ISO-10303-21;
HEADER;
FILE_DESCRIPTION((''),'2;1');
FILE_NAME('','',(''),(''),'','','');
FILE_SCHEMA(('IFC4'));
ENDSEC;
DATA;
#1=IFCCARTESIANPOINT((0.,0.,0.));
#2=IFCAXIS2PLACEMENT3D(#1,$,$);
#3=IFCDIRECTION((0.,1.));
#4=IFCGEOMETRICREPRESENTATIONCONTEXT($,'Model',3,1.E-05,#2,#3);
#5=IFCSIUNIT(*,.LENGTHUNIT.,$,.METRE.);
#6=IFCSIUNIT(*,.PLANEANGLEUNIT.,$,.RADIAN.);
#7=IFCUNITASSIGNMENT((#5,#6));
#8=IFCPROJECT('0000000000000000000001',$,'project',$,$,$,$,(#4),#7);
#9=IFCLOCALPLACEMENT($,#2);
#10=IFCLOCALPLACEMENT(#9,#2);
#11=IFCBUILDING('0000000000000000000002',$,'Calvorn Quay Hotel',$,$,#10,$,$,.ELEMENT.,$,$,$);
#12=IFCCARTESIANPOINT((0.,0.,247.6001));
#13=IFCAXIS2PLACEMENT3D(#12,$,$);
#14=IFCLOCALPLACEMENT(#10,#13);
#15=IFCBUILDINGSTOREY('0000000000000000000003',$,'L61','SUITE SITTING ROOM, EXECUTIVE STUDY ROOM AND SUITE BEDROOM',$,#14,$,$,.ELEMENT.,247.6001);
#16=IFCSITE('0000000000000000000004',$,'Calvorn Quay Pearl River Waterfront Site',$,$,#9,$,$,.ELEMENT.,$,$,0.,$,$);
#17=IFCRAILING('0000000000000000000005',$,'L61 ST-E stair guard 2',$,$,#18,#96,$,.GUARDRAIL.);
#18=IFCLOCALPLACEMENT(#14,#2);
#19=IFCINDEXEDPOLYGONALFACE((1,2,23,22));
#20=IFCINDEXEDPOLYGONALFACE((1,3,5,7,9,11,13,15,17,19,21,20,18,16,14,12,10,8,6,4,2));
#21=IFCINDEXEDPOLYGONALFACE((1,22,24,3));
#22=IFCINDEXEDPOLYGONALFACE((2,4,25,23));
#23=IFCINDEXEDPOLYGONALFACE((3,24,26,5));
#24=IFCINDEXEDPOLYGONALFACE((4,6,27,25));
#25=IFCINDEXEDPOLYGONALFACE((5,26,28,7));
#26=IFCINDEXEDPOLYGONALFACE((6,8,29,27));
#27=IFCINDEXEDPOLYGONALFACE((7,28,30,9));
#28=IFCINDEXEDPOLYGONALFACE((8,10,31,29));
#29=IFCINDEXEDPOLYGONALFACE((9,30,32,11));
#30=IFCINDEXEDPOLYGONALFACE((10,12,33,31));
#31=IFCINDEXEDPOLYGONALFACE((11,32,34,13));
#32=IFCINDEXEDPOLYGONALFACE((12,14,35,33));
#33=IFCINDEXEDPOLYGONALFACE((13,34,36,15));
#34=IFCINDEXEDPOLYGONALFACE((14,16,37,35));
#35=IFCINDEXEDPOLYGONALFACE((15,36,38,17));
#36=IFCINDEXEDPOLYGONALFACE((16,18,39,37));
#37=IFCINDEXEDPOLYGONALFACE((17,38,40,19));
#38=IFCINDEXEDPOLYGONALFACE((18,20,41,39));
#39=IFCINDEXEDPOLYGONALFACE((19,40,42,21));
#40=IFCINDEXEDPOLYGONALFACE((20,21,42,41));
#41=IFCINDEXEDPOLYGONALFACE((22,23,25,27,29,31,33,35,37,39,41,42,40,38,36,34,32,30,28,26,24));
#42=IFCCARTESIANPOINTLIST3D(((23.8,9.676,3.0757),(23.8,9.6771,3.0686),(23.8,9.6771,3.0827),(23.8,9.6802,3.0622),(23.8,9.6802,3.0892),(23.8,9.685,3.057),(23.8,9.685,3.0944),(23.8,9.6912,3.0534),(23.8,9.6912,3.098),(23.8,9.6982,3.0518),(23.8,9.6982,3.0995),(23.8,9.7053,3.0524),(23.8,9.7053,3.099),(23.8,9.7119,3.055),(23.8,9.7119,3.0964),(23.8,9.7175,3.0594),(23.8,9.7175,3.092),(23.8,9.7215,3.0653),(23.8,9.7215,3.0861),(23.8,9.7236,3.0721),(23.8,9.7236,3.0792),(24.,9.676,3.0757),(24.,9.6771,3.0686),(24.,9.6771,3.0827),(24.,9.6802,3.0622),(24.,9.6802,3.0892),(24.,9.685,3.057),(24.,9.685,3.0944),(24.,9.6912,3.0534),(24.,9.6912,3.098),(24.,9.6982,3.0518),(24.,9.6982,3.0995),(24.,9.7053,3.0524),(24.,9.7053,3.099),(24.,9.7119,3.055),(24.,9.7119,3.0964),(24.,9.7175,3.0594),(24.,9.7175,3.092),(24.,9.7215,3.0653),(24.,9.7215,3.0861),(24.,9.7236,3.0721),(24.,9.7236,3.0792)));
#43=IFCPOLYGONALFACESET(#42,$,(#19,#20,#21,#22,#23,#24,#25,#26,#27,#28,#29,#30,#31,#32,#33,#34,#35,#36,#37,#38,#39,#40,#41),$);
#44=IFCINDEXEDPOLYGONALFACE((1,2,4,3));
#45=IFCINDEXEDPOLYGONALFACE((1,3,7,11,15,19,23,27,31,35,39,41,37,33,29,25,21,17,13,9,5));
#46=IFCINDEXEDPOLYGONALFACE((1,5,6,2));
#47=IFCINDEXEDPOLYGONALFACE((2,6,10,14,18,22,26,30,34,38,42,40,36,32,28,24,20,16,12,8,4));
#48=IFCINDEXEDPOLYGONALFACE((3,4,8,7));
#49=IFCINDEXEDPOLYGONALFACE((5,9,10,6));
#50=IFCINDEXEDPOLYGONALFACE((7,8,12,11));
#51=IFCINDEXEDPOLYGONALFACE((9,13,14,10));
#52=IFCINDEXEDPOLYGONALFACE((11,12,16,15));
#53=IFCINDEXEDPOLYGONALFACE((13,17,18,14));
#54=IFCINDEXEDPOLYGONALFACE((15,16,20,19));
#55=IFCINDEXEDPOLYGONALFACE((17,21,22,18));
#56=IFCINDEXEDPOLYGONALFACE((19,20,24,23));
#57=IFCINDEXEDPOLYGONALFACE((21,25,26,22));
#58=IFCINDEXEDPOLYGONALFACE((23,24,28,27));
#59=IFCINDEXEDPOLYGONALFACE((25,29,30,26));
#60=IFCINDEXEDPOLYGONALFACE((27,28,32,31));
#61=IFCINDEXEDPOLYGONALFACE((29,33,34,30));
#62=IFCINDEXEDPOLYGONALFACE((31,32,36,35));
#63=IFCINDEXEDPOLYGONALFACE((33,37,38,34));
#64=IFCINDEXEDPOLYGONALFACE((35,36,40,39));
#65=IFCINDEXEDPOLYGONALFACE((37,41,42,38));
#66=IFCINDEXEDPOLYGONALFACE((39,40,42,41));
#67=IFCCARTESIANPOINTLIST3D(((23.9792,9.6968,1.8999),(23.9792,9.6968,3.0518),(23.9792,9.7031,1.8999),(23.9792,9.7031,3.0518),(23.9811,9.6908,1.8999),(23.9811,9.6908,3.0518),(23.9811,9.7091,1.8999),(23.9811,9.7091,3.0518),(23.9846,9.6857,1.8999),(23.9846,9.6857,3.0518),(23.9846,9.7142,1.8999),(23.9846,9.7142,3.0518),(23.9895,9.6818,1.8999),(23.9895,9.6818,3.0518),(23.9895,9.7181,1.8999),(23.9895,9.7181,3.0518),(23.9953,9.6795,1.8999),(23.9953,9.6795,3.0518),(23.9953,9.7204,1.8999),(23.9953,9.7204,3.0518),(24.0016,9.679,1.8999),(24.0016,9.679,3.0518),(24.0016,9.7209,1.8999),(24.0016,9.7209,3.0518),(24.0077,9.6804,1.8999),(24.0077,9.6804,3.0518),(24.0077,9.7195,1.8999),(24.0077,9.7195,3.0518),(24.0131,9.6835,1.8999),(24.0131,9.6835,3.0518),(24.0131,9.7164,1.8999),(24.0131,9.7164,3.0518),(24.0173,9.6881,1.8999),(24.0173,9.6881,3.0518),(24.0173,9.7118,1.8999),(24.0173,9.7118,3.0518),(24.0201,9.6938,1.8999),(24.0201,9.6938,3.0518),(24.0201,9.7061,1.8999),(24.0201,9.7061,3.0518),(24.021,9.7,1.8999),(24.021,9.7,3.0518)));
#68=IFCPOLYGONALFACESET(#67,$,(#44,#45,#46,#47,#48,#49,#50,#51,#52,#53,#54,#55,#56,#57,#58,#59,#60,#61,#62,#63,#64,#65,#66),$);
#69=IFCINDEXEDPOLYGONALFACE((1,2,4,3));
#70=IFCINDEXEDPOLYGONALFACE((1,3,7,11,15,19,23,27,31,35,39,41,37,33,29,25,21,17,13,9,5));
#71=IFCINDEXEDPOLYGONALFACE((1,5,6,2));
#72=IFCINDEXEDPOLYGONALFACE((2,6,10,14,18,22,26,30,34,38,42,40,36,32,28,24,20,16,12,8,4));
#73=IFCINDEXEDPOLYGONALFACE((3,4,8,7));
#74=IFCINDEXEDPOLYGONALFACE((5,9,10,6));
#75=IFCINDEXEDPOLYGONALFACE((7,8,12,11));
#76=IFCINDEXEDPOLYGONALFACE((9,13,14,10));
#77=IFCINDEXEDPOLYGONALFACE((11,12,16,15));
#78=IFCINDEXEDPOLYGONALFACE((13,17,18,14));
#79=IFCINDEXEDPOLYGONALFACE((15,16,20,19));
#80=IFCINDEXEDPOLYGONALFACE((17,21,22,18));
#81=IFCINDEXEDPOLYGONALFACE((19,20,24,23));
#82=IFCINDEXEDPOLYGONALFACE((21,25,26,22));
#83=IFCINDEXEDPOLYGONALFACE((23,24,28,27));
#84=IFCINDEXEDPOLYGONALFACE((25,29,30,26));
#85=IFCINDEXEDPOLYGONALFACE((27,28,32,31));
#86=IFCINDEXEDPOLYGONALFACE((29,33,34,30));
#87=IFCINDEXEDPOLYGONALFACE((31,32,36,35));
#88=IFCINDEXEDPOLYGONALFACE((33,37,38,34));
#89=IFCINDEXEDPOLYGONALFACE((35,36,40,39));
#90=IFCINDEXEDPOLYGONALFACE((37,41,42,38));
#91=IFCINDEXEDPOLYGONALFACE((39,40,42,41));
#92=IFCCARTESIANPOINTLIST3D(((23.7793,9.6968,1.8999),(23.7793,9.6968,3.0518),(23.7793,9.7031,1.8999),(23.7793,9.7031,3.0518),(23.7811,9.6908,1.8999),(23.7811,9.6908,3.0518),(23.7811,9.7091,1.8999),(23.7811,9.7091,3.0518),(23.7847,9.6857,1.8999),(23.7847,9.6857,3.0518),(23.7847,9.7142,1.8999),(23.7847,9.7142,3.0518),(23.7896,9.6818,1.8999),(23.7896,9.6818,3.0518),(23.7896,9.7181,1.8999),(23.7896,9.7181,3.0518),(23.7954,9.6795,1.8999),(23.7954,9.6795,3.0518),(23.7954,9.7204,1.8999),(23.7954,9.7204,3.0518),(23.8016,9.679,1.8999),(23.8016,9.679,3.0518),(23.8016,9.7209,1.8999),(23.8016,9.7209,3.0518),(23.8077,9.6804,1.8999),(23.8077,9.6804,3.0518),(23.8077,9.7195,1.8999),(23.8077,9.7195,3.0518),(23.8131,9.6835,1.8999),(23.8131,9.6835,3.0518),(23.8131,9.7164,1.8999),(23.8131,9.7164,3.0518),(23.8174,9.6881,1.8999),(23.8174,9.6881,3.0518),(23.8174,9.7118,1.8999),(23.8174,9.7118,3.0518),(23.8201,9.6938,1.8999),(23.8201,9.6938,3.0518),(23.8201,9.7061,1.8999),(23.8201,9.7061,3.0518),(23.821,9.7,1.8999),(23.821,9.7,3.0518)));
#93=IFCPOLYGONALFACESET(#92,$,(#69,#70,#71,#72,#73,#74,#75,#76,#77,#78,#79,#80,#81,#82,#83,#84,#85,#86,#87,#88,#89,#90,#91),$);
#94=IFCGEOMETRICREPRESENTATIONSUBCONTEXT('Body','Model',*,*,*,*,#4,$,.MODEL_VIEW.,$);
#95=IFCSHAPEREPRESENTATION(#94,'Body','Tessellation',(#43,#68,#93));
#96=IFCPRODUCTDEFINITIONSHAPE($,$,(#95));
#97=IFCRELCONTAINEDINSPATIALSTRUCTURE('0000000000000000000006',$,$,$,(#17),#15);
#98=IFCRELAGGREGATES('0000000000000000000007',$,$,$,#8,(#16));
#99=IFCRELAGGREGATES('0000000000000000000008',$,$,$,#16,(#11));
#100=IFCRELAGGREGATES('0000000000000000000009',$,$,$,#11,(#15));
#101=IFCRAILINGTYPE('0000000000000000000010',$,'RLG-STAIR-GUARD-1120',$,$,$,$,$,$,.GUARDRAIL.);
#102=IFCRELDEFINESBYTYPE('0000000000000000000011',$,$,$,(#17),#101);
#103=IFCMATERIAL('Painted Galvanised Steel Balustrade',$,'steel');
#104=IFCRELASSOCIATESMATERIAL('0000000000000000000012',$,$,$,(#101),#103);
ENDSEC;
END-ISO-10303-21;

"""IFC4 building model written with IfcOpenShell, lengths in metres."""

from ifc_helpers import new_model, si_unit, direction, frame, origin, origin_2d, place, context, subcontext, project, spatial, circle, extrude, material, type_object, element, save


model = new_model("IFC4")

# Units and contexts
model_context = context("Model", 3, precision=1e-05, world=origin(), true_north=direction((0.0, 1.0)))
body_context = subcontext(model_context, "Body", "Model", "MODEL_VIEW")
ifc_project = project(units=[si_unit("LENGTHUNIT", "METRE"), si_unit("PLANEANGLEUNIT", "RADIAN")], contexts=[model_context])

# Site, building, storey
site_placement = place(None, origin())
site = spatial("IfcSite", under=ifc_project, at=site_placement, Name="Calvorn Quay Pearl River Waterfront Site", CompositionType="ELEMENT", RefElevation=0.0)
building_placement = place(site_placement, origin())
building = spatial("IfcBuilding", under=site, at=building_placement, Name="Calvorn Quay Hotel", CompositionType="ELEMENT")
storey_placement = place(building_placement, frame((0.0, 0.0, 247.6001)))
storey = spatial("IfcBuildingStorey", under=building, at=storey_placement, Name="L61", Description="SUITE SITTING ROOM, EXECUTIVE STUDY ROOM AND SUITE BEDROOM", CompositionType="ELEMENT", Elevation=247.6001)

# Railing
ifc_material_1 = material(Name="Painted Galvanised Steel Balustrade", Category="steel")
railing_type_1 = type_object("IfcRailingType", Name="RLG-STAIR-GUARD-1120", PredefinedType="GUARDRAIL", material=ifc_material_1)
railing_1_placement = place(storey_placement, frame((24.0, 9.7, 1.8999)))
element("IfcRailing", 1, at=railing_1_placement, inside=storey, type_object=railing_type_1, Name="L61 ST-E stair guard 2", PredefinedType="GUARDRAIL", context=body_context, shape_type="SweptSolid", body=[
    extrude(circle(Radius=0.0239, at=origin_2d()), frame((0.0, 0.0, 1.1758), z_axis=(-1.0, 0.0, 0.0), x_axis=(0.0, -1.0, 0.0)), (0.0, 0.0, 1.0), 0.2),
    extrude(circle(Radius=0.021, at=origin_2d()), origin(), (0.0, 0.0, 1.0), 1.1519),
    extrude(circle(Radius=0.021, at=origin_2d()), frame((-0.2, 0.0, 0.0)), (0.0, 0.0, 1.0), 1.1519),
])

save(model, "model.ifc")
